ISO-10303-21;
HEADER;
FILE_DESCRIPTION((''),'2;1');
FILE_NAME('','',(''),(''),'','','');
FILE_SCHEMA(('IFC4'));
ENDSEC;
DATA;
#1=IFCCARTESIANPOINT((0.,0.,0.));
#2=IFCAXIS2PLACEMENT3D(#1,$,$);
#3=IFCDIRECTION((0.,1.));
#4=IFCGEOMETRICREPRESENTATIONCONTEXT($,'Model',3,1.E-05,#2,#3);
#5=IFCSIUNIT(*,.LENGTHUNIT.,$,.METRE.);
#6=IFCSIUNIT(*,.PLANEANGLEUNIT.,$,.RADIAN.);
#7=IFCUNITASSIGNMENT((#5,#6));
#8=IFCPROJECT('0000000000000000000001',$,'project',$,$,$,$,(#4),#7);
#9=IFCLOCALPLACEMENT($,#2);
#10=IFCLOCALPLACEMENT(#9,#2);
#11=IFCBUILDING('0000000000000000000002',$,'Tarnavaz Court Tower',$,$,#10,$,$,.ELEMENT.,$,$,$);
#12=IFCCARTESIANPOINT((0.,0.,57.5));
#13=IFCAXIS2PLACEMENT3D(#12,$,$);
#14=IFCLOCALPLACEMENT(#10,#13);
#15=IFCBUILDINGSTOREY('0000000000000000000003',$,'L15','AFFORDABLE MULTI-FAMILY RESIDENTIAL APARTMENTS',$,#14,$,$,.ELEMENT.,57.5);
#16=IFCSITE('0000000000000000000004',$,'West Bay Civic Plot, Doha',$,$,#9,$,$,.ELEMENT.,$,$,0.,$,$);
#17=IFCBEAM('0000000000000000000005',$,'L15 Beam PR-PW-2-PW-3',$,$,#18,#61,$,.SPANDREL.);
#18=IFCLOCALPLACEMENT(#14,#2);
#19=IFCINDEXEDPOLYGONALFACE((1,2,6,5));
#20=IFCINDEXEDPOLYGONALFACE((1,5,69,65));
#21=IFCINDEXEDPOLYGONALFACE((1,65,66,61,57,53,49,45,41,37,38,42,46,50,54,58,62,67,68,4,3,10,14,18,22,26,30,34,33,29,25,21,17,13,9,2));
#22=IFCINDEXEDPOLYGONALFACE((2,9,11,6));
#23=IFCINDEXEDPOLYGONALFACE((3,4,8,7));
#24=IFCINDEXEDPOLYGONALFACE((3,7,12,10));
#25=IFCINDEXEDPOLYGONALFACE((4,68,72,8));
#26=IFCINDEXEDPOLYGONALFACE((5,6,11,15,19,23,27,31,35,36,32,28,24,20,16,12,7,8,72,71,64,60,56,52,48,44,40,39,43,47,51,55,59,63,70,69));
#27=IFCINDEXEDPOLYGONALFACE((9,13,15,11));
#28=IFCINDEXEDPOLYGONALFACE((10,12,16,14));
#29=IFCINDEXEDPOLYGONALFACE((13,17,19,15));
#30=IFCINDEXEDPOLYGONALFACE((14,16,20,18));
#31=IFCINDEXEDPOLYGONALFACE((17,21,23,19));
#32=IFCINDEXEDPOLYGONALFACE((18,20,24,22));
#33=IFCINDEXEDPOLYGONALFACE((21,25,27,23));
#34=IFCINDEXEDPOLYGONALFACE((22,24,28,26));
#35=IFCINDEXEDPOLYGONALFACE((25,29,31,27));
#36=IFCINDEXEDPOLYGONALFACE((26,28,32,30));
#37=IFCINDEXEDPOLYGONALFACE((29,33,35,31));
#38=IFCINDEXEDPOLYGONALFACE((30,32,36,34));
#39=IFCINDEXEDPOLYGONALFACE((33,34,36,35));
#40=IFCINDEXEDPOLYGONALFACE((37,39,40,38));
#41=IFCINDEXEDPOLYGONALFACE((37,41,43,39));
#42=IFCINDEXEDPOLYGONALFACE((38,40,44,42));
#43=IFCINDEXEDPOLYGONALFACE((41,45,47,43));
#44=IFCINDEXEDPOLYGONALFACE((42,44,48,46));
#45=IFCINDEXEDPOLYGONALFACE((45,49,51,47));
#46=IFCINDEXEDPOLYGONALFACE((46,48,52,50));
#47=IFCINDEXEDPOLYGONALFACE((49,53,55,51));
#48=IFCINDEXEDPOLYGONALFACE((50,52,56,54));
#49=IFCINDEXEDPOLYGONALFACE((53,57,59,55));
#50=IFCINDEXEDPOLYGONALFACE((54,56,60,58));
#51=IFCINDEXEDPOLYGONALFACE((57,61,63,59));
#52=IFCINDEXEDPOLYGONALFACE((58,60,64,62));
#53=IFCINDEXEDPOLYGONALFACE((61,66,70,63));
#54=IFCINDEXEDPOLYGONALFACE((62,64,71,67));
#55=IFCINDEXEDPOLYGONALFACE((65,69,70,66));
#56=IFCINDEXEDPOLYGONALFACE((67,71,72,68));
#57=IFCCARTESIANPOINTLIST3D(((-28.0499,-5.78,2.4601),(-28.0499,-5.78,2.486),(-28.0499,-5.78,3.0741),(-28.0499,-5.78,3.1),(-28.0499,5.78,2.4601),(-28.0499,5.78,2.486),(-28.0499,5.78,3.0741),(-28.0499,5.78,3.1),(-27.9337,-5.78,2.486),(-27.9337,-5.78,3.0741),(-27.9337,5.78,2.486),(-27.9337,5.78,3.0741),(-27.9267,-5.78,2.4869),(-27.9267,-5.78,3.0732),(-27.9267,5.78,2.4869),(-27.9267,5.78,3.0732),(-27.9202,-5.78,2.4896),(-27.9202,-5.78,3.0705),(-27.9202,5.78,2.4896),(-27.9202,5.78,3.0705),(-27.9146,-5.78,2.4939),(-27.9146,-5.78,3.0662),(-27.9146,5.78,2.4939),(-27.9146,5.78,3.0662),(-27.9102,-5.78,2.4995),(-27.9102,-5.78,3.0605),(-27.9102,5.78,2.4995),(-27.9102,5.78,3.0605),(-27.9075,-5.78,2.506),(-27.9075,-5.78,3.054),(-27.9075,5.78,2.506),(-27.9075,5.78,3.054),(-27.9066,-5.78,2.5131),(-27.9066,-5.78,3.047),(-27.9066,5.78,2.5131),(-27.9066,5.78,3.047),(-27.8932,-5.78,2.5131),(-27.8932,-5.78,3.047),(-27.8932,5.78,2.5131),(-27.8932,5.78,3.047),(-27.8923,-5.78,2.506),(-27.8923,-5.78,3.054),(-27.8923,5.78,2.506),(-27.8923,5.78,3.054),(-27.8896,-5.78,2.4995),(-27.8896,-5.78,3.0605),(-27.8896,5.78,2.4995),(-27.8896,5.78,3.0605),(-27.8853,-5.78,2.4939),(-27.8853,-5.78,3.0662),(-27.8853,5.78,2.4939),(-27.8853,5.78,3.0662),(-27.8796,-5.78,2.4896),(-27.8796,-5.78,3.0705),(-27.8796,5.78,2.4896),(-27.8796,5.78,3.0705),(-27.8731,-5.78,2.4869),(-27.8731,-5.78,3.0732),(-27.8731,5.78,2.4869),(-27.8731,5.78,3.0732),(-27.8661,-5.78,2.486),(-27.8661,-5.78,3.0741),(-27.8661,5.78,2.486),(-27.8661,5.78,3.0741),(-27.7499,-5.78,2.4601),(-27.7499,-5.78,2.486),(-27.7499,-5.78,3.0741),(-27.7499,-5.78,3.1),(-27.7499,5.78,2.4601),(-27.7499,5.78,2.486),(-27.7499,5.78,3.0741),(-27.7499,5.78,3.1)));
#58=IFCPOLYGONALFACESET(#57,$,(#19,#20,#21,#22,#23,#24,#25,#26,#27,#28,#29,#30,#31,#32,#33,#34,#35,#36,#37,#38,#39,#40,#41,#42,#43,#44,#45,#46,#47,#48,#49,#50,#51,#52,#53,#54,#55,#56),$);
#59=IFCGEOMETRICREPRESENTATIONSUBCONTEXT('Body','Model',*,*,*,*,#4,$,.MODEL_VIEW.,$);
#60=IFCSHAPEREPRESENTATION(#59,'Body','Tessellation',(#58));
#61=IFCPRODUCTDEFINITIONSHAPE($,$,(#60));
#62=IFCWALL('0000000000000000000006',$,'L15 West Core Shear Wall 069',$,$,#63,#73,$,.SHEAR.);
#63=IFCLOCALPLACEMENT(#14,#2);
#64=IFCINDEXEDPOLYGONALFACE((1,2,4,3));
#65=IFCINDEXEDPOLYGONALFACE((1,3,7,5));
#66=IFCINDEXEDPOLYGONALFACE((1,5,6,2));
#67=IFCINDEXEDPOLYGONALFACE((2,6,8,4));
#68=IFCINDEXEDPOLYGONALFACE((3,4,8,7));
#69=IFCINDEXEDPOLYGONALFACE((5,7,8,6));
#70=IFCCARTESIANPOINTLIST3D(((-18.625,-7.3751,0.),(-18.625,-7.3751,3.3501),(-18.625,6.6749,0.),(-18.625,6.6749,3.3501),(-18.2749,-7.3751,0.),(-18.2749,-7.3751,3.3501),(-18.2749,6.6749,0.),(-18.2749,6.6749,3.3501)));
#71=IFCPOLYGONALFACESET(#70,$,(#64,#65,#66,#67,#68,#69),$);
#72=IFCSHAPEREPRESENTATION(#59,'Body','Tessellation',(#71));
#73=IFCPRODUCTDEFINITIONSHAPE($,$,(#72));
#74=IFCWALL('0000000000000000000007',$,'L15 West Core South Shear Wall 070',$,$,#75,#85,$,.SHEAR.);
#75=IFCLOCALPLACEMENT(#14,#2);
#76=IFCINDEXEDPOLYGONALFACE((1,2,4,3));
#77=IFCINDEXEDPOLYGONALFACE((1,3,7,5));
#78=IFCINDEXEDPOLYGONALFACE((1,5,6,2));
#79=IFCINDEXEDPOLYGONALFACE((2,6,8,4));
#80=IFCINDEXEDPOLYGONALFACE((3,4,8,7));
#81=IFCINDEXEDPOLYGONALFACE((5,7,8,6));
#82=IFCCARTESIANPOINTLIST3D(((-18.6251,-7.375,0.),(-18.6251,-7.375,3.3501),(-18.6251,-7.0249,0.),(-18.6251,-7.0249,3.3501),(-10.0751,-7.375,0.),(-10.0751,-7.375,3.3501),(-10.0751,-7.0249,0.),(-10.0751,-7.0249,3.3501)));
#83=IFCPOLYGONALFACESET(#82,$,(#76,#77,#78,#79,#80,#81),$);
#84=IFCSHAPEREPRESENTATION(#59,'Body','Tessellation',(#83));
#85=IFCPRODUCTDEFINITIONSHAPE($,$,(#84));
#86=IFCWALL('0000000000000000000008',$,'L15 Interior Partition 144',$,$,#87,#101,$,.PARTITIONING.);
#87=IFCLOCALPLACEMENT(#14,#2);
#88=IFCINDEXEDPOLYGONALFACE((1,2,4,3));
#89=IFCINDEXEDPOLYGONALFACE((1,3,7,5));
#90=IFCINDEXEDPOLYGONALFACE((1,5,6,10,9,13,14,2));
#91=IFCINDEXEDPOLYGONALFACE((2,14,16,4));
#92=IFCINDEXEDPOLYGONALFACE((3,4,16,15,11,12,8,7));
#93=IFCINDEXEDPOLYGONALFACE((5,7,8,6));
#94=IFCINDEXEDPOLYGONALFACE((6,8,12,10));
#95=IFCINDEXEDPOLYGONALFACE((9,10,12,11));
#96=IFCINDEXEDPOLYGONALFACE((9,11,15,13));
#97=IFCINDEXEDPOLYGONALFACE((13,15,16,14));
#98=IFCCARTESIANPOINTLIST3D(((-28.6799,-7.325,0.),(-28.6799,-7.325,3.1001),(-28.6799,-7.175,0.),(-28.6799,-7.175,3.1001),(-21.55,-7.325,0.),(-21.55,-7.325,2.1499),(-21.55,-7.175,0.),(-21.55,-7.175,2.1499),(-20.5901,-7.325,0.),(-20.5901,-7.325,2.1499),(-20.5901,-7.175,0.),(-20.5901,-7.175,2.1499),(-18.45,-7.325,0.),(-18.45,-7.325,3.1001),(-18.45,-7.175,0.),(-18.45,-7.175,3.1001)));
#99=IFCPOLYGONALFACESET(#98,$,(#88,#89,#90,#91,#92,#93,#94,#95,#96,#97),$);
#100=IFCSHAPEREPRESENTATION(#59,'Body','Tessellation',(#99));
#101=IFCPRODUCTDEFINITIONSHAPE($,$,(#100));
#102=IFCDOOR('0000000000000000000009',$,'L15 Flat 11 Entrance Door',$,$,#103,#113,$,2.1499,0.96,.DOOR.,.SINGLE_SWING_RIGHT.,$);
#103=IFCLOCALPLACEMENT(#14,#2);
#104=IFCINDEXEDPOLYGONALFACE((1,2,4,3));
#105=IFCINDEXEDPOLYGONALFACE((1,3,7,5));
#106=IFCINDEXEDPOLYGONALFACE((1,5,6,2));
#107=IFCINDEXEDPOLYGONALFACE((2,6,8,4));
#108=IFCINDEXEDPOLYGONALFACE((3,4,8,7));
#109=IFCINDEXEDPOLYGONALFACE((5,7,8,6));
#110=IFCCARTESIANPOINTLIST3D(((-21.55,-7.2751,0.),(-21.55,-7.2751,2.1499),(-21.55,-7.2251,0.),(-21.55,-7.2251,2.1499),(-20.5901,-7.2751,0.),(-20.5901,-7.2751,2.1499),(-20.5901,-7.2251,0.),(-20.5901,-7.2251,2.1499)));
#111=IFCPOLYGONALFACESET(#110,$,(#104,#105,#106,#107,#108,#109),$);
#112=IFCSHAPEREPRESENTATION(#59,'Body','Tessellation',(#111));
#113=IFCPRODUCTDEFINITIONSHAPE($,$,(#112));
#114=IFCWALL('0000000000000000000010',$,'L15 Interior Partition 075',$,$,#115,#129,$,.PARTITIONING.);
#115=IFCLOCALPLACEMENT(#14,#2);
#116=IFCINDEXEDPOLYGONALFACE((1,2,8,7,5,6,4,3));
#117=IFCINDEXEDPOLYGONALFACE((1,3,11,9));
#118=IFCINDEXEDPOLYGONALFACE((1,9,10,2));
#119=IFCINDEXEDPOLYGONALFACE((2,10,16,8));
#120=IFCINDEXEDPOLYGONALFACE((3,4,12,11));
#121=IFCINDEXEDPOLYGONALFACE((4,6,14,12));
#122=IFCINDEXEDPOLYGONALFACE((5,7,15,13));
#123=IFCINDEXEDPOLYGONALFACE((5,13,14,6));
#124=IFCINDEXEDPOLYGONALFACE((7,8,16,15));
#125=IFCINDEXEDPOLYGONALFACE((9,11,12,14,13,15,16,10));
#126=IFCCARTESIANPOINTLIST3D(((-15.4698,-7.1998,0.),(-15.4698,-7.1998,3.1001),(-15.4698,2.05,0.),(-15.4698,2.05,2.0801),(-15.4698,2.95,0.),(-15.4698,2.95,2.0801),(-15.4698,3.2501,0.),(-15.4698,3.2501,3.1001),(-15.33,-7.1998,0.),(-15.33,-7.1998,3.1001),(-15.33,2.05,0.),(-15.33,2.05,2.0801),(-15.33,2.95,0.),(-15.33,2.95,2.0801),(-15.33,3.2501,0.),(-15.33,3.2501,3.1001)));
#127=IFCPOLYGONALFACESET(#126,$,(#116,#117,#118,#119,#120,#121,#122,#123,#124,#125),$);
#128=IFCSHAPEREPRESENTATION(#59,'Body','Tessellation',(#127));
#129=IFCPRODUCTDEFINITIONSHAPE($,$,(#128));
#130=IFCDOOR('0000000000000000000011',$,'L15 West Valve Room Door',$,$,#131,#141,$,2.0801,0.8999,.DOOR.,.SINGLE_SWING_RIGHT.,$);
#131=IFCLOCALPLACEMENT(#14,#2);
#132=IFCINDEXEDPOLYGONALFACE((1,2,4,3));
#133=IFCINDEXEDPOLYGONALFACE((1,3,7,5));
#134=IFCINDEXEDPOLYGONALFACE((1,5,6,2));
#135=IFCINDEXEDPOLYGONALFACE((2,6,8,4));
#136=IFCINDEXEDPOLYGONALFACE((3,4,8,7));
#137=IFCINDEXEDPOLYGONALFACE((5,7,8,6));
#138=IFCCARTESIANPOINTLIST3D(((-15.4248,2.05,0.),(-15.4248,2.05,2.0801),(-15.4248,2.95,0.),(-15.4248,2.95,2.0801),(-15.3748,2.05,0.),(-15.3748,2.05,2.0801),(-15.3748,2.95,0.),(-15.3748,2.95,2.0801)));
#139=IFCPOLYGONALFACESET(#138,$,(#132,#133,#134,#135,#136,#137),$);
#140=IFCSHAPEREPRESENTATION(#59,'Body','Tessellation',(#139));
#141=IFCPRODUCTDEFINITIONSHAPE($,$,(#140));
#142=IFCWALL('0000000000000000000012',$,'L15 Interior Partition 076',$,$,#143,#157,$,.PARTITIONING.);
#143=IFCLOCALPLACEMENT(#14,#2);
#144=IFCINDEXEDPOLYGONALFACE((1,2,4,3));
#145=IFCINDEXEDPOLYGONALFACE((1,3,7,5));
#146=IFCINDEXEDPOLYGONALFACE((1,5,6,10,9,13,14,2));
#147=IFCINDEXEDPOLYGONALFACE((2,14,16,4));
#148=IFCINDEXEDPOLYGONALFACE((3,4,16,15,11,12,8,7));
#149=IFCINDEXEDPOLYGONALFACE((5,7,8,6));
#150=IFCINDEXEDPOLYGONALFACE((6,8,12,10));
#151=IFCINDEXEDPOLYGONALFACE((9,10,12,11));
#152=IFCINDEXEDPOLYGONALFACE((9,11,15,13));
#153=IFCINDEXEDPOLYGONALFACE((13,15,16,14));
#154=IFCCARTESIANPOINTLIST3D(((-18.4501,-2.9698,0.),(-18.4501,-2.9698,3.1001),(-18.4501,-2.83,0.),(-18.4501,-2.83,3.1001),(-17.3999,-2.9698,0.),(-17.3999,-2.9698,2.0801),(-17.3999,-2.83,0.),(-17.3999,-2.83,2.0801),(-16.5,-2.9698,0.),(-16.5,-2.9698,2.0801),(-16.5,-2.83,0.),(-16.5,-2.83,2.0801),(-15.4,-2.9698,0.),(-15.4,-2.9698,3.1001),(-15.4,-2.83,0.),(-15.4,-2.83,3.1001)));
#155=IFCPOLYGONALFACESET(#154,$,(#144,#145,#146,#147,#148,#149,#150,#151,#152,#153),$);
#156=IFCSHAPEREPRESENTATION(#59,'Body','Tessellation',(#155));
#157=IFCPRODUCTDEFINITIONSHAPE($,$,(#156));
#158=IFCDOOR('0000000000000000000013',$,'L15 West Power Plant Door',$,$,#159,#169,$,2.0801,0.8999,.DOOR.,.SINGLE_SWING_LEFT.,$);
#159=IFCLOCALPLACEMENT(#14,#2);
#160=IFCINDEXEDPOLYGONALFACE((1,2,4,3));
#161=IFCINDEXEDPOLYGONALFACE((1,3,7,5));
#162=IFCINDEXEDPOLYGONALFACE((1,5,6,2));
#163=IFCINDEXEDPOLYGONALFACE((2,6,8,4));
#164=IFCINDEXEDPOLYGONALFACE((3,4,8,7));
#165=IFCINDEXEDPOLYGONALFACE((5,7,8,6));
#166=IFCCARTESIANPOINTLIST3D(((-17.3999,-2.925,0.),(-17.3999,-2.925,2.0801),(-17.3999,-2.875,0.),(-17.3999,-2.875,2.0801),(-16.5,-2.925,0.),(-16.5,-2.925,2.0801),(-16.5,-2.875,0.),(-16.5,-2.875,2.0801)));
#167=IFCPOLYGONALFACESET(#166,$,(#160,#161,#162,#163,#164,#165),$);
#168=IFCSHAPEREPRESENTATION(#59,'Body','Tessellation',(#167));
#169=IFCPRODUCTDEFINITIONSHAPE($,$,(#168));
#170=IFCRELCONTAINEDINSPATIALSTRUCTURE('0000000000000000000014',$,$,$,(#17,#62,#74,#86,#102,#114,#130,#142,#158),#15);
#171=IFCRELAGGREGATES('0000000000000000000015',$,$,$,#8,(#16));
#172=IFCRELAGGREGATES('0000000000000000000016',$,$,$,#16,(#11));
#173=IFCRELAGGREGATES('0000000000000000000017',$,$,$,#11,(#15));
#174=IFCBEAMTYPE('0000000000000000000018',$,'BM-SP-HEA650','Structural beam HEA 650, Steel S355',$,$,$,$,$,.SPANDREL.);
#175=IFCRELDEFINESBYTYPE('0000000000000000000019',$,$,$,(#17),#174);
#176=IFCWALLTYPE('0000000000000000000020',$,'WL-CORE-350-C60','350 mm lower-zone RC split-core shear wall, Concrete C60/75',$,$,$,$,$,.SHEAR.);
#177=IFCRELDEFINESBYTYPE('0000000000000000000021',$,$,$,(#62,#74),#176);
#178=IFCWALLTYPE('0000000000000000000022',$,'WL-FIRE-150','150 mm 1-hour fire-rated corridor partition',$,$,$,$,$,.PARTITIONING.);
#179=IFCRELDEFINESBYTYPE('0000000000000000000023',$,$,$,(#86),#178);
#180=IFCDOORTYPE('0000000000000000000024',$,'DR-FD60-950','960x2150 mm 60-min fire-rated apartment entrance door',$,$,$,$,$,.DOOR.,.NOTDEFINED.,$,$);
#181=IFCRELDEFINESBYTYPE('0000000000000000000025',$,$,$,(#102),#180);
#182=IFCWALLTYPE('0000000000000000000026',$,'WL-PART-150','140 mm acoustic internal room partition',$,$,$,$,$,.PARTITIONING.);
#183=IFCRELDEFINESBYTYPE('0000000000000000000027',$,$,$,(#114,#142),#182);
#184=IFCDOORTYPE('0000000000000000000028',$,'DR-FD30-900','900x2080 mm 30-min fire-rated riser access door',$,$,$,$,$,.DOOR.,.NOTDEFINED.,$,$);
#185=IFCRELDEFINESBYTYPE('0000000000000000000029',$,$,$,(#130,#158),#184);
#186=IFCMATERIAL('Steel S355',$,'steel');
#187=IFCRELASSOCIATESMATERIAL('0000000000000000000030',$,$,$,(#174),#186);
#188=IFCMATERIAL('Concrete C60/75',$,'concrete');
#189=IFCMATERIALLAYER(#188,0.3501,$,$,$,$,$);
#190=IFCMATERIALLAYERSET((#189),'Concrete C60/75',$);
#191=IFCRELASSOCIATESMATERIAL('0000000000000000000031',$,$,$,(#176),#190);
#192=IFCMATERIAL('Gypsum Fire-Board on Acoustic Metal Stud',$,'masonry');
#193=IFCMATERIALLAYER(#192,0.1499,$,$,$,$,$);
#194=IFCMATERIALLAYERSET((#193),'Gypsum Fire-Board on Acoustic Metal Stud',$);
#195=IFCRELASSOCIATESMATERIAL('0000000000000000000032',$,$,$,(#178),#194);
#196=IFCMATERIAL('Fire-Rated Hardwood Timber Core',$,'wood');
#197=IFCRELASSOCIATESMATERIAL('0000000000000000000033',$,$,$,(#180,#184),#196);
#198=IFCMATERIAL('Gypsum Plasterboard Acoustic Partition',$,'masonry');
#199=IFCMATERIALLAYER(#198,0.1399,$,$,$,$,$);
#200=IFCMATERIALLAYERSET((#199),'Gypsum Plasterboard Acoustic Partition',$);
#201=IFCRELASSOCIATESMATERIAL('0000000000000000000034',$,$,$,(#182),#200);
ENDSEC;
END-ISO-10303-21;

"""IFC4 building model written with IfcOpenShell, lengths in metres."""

from ifc_helpers import new_model, si_unit, direction, frame, frame_2d, origin, origin_2d, place, context, subcontext, project, spatial, rectangle, i_section, extrude, material, layer, layer_set, material_profile, profile_set, type_object, element, fill, save


model = new_model("IFC4")

# Units and contexts
model_context = context("Model", 3, precision=1e-05, world=origin(), true_north=direction((0.0, 1.0)))
body_context = subcontext(model_context, "Body", "Model", "MODEL_VIEW")
ifc_project = project(units=[si_unit("LENGTHUNIT", "METRE"), si_unit("PLANEANGLEUNIT", "RADIAN")], contexts=[model_context])

# Site, building, storey
site_placement = place(None, origin())
site = spatial("IfcSite", under=ifc_project, at=site_placement, Name="West Bay Civic Plot, Doha", CompositionType="ELEMENT", RefElevation=0.0)
building_placement = place(site_placement, origin())
building = spatial("IfcBuilding", under=site, at=building_placement, Name="Tarnavaz Court Tower", CompositionType="ELEMENT")
storey_placement = place(building_placement, frame((0.0, 0.0, 57.5)))
storey = spatial("IfcBuildingStorey", under=building, at=storey_placement, Name="L15", Description="AFFORDABLE MULTI-FAMILY RESIDENTIAL APARTMENTS", CompositionType="ELEMENT", Elevation=57.5)

# Shared definitions
ifc_material_1 = material(Name="Concrete C60/75", Category="concrete")

# Beam
ifc_material_2 = material(Name="Steel S355", Category="steel")
ifc_material_profile_1 = material_profile(ifc_material_2, i_section(OverallWidth=0.3, OverallDepth=0.6399, WebThickness=0.0134, FlangeThickness=0.0259, FilletRadius=0.0271, at=origin_2d()), Name="HEA 650")
ifc_profile_set_1 = profile_set([ifc_material_profile_1], Name="Steel S355")
beam_type_1 = type_object("IfcBeamType", Name="BM-SP-HEA650", Description="Structural beam HEA 650, Steel S355", PredefinedType="SPANDREL", material=ifc_profile_set_1)
beam_1_placement = place(storey_placement, frame((-27.8999, -5.78, 2.78), z_axis=(0.0, 1.0, 0.0), x_axis=(-1.0, 0.0, 0.0)))
element("IfcBeam", 1, at=beam_1_placement, inside=storey, type_object=beam_type_1, Name="L15 Beam PR-PW-2-PW-3", PredefinedType="SPANDREL", context=body_context, shape_type="SweptSolid", body=[
    extrude(i_section(OverallWidth=0.3, OverallDepth=0.6399, WebThickness=0.0134, FlangeThickness=0.0259, FilletRadius=0.0271, at=origin_2d()), origin(), (0.0, 0.0, 1.0), 11.5601),
])

# Walls
ifc_layer_1 = layer(ifc_material_1, 0.3501)
ifc_layer_set_1 = layer_set([ifc_layer_1], Name="Concrete C60/75")
wall_type_1 = type_object("IfcWallType", Name="WL-CORE-350-C60", Description="350 mm lower-zone RC split-core shear wall, Concrete C60/75", PredefinedType="SHEAR", material=ifc_layer_set_1)
wall_1_placement = place(storey_placement, frame((-18.45, -7.375, 0.0), z_axis=(0.0, 0.0, 1.0), x_axis=(0.0, 1.0, 0.0)))
element("IfcWall", 2, at=wall_1_placement, inside=storey, type_object=wall_type_1, Name="L15 West Core Shear Wall 069", PredefinedType="SHEAR", context=body_context, shape_type="SweptSolid", body=[
    extrude(rectangle(XDim=14.05, YDim=0.3501, at=frame_2d((7.0249, 0.0))), origin(), (0.0, 0.0, 1.0), 3.3501),
])
wall_2_placement = place(storey_placement, frame((-18.625, -7.2, 0.0), z_axis=(0.0, 0.0, 1.0), x_axis=(1.0, 0.0, 0.0)))
element("IfcWall", 3, at=wall_2_placement, inside=storey, type_object=wall_type_1, Name="L15 West Core South Shear Wall 070", PredefinedType="SHEAR", context=body_context, shape_type="SweptSolid", body=[
    extrude(rectangle(XDim=8.55, YDim=0.3501, at=frame_2d((4.2749, 0.0))), origin(), (0.0, 0.0, 1.0), 3.3501),
])

# Walls, openings, doors
ifc_material_3 = material(Name="Gypsum Fire-Board on Acoustic Metal Stud", Category="masonry")
ifc_layer_2 = layer(ifc_material_3, 0.1499)
ifc_layer_set_2 = layer_set([ifc_layer_2], Name="Gypsum Fire-Board on Acoustic Metal Stud")
wall_type_2 = type_object("IfcWallType", Name="WL-FIRE-150", Description="150 mm 1-hour fire-rated corridor partition", PredefinedType="PARTITIONING", material=ifc_layer_set_2)
wall_3_placement = place(storey_placement, frame((-28.6799, -7.25, 0.0), z_axis=(0.0, 0.0, 1.0), x_axis=(1.0, 0.0, 0.0)))
wall_3 = element("IfcWall", 4, at=wall_3_placement, inside=storey, type_object=wall_type_2, Name="L15 Interior Partition 144", PredefinedType="PARTITIONING", context=body_context, shape_type="SweptSolid", body=[
    extrude(rectangle(XDim=10.23, YDim=0.1499, at=frame_2d((5.115, 0.0))), origin(), (0.0, 0.0, 1.0), 3.1001),
])
opening_1_placement = place(wall_3_placement, frame((7.1299, 0.0, 0.0)))
opening_1 = element("IfcOpeningElement", 5, at=opening_1_placement, cuts=wall_3, PredefinedType="OPENING", context=body_context, shape_type="SweptSolid", body=[
    extrude(rectangle(XDim=0.96, YDim=2.1499, at=frame_2d((0.48, 1.075))), frame((0.0, 0.085, 0.0), z_axis=(0.0, -1.0, 0.0), x_axis=(1.0, 0.0, 0.0)), (0.0, 0.0, 1.0), 0.1699),
])
ifc_material_4 = material(Name="Fire-Rated Hardwood Timber Core", Category="wood")
door_type_1 = type_object("IfcDoorType", Name="DR-FD60-950", Description="960x2150 mm 60-min fire-rated apartment entrance door", OperationType="NOTDEFINED", PredefinedType="DOOR", material=ifc_material_4)
door_1_placement = place(opening_1_placement, origin())
door_1 = element("IfcDoor", 6, at=door_1_placement, inside=storey, type_object=door_type_1, Name="L15 Flat 11 Entrance Door", OperationType="SINGLE_SWING_RIGHT", OverallHeight=2.1499, OverallWidth=0.96, PredefinedType="DOOR", context=body_context, shape_type="SweptSolid", body=[
    extrude(rectangle(XDim=0.96, YDim=2.1499, at=frame_2d((0.48, 1.075))), frame((0.0, 0.0249, 0.0), z_axis=(0.0, -1.0, 0.0), x_axis=(1.0, 0.0, 0.0)), (0.0, 0.0, 1.0), 0.05),
])
fill(opening_1, door_1)
ifc_material_5 = material(Name="Gypsum Plasterboard Acoustic Partition", Category="masonry")
ifc_layer_3 = layer(ifc_material_5, 0.1399)
ifc_layer_set_3 = layer_set([ifc_layer_3], Name="Gypsum Plasterboard Acoustic Partition")
wall_type_3 = type_object("IfcWallType", Name="WL-PART-150", Description="140 mm acoustic internal room partition", PredefinedType="PARTITIONING", material=ifc_layer_set_3)
wall_4_placement = place(storey_placement, frame((-15.3999, -7.2, 0.0), z_axis=(0.0, 0.0, 1.0), x_axis=(0.0, 1.0, 0.0)))
wall_4 = element("IfcWall", 7, at=wall_4_placement, inside=storey, type_object=wall_type_3, Name="L15 Interior Partition 075", PredefinedType="PARTITIONING", context=body_context, shape_type="SweptSolid", body=[
    extrude(rectangle(XDim=10.45, YDim=0.1399, at=frame_2d((5.2251, 0.0))), origin(), (0.0, 0.0, 1.0), 3.1001),
])
opening_2_placement = place(wall_4_placement, frame((9.25, 0.0, 0.0)))
opening_2 = element("IfcOpeningElement", 8, at=opening_2_placement, cuts=wall_4, PredefinedType="OPENING", context=body_context, shape_type="SweptSolid", body=[
    extrude(rectangle(XDim=0.8999, YDim=2.0801, at=frame_2d((0.45, 1.04))), frame((0.0, 0.0798, 0.0), z_axis=(0.0, -1.0, 0.0), x_axis=(1.0, 0.0, 0.0)), (0.0, 0.0, 1.0), 0.1599),
])
door_type_2 = type_object("IfcDoorType", Name="DR-FD30-900", Description="900x2080 mm 30-min fire-rated riser access door", OperationType="NOTDEFINED", PredefinedType="DOOR", material=ifc_material_4)
door_2_placement = place(opening_2_placement, origin())
door_2 = element("IfcDoor", 9, at=door_2_placement, inside=storey, type_object=door_type_2, Name="L15 West Valve Room Door", OperationType="SINGLE_SWING_RIGHT", OverallHeight=2.0801, OverallWidth=0.8999, PredefinedType="DOOR", context=body_context, shape_type="SweptSolid", body=[
    extrude(rectangle(XDim=0.8999, YDim=2.0801, at=frame_2d((0.45, 1.04))), frame((0.0, 0.0249, 0.0), z_axis=(0.0, -1.0, 0.0), x_axis=(1.0, 0.0, 0.0)), (0.0, 0.0, 1.0), 0.05),
])
fill(opening_2, door_2)
wall_5_placement = place(storey_placement, frame((-18.45, -2.8999, 0.0), z_axis=(0.0, 0.0, 1.0), x_axis=(1.0, 0.0, 0.0)))
wall_5 = element("IfcWall", 10, at=wall_5_placement, inside=storey, type_object=wall_type_3, Name="L15 Interior Partition 076", PredefinedType="PARTITIONING", context=body_context, shape_type="SweptSolid", body=[
    extrude(rectangle(XDim=3.05, YDim=0.1399, at=frame_2d((1.5249, 0.0))), origin(), (0.0, 0.0, 1.0), 3.1001),
])
opening_3_placement = place(wall_5_placement, frame((1.05, 0.0, 0.0)))
opening_3 = element("IfcOpeningElement", 11, at=opening_3_placement, cuts=wall_5, PredefinedType="OPENING", context=body_context, shape_type="SweptSolid", body=[
    extrude(rectangle(XDim=0.8999, YDim=2.0801, at=frame_2d((0.45, 1.04))), frame((0.0, 0.0798, 0.0), z_axis=(0.0, -1.0, 0.0), x_axis=(1.0, 0.0, 0.0)), (0.0, 0.0, 1.0), 0.1599),
])
door_3_placement = place(opening_3_placement, origin())
door_3 = element("IfcDoor", 12, at=door_3_placement, inside=storey, type_object=door_type_2, Name="L15 West Power Plant Door", OperationType="SINGLE_SWING_LEFT", OverallHeight=2.0801, OverallWidth=0.8999, PredefinedType="DOOR", context=body_context, shape_type="SweptSolid", body=[
    extrude(rectangle(XDim=0.8999, YDim=2.0801, at=frame_2d((0.45, 1.04))), frame((0.0, 0.0249, 0.0), z_axis=(0.0, -1.0, 0.0), x_axis=(1.0, 0.0, 0.0)), (0.0, 0.0, 1.0), 0.05),
])
fill(opening_3, door_3)

save(model, "model.ifc")
